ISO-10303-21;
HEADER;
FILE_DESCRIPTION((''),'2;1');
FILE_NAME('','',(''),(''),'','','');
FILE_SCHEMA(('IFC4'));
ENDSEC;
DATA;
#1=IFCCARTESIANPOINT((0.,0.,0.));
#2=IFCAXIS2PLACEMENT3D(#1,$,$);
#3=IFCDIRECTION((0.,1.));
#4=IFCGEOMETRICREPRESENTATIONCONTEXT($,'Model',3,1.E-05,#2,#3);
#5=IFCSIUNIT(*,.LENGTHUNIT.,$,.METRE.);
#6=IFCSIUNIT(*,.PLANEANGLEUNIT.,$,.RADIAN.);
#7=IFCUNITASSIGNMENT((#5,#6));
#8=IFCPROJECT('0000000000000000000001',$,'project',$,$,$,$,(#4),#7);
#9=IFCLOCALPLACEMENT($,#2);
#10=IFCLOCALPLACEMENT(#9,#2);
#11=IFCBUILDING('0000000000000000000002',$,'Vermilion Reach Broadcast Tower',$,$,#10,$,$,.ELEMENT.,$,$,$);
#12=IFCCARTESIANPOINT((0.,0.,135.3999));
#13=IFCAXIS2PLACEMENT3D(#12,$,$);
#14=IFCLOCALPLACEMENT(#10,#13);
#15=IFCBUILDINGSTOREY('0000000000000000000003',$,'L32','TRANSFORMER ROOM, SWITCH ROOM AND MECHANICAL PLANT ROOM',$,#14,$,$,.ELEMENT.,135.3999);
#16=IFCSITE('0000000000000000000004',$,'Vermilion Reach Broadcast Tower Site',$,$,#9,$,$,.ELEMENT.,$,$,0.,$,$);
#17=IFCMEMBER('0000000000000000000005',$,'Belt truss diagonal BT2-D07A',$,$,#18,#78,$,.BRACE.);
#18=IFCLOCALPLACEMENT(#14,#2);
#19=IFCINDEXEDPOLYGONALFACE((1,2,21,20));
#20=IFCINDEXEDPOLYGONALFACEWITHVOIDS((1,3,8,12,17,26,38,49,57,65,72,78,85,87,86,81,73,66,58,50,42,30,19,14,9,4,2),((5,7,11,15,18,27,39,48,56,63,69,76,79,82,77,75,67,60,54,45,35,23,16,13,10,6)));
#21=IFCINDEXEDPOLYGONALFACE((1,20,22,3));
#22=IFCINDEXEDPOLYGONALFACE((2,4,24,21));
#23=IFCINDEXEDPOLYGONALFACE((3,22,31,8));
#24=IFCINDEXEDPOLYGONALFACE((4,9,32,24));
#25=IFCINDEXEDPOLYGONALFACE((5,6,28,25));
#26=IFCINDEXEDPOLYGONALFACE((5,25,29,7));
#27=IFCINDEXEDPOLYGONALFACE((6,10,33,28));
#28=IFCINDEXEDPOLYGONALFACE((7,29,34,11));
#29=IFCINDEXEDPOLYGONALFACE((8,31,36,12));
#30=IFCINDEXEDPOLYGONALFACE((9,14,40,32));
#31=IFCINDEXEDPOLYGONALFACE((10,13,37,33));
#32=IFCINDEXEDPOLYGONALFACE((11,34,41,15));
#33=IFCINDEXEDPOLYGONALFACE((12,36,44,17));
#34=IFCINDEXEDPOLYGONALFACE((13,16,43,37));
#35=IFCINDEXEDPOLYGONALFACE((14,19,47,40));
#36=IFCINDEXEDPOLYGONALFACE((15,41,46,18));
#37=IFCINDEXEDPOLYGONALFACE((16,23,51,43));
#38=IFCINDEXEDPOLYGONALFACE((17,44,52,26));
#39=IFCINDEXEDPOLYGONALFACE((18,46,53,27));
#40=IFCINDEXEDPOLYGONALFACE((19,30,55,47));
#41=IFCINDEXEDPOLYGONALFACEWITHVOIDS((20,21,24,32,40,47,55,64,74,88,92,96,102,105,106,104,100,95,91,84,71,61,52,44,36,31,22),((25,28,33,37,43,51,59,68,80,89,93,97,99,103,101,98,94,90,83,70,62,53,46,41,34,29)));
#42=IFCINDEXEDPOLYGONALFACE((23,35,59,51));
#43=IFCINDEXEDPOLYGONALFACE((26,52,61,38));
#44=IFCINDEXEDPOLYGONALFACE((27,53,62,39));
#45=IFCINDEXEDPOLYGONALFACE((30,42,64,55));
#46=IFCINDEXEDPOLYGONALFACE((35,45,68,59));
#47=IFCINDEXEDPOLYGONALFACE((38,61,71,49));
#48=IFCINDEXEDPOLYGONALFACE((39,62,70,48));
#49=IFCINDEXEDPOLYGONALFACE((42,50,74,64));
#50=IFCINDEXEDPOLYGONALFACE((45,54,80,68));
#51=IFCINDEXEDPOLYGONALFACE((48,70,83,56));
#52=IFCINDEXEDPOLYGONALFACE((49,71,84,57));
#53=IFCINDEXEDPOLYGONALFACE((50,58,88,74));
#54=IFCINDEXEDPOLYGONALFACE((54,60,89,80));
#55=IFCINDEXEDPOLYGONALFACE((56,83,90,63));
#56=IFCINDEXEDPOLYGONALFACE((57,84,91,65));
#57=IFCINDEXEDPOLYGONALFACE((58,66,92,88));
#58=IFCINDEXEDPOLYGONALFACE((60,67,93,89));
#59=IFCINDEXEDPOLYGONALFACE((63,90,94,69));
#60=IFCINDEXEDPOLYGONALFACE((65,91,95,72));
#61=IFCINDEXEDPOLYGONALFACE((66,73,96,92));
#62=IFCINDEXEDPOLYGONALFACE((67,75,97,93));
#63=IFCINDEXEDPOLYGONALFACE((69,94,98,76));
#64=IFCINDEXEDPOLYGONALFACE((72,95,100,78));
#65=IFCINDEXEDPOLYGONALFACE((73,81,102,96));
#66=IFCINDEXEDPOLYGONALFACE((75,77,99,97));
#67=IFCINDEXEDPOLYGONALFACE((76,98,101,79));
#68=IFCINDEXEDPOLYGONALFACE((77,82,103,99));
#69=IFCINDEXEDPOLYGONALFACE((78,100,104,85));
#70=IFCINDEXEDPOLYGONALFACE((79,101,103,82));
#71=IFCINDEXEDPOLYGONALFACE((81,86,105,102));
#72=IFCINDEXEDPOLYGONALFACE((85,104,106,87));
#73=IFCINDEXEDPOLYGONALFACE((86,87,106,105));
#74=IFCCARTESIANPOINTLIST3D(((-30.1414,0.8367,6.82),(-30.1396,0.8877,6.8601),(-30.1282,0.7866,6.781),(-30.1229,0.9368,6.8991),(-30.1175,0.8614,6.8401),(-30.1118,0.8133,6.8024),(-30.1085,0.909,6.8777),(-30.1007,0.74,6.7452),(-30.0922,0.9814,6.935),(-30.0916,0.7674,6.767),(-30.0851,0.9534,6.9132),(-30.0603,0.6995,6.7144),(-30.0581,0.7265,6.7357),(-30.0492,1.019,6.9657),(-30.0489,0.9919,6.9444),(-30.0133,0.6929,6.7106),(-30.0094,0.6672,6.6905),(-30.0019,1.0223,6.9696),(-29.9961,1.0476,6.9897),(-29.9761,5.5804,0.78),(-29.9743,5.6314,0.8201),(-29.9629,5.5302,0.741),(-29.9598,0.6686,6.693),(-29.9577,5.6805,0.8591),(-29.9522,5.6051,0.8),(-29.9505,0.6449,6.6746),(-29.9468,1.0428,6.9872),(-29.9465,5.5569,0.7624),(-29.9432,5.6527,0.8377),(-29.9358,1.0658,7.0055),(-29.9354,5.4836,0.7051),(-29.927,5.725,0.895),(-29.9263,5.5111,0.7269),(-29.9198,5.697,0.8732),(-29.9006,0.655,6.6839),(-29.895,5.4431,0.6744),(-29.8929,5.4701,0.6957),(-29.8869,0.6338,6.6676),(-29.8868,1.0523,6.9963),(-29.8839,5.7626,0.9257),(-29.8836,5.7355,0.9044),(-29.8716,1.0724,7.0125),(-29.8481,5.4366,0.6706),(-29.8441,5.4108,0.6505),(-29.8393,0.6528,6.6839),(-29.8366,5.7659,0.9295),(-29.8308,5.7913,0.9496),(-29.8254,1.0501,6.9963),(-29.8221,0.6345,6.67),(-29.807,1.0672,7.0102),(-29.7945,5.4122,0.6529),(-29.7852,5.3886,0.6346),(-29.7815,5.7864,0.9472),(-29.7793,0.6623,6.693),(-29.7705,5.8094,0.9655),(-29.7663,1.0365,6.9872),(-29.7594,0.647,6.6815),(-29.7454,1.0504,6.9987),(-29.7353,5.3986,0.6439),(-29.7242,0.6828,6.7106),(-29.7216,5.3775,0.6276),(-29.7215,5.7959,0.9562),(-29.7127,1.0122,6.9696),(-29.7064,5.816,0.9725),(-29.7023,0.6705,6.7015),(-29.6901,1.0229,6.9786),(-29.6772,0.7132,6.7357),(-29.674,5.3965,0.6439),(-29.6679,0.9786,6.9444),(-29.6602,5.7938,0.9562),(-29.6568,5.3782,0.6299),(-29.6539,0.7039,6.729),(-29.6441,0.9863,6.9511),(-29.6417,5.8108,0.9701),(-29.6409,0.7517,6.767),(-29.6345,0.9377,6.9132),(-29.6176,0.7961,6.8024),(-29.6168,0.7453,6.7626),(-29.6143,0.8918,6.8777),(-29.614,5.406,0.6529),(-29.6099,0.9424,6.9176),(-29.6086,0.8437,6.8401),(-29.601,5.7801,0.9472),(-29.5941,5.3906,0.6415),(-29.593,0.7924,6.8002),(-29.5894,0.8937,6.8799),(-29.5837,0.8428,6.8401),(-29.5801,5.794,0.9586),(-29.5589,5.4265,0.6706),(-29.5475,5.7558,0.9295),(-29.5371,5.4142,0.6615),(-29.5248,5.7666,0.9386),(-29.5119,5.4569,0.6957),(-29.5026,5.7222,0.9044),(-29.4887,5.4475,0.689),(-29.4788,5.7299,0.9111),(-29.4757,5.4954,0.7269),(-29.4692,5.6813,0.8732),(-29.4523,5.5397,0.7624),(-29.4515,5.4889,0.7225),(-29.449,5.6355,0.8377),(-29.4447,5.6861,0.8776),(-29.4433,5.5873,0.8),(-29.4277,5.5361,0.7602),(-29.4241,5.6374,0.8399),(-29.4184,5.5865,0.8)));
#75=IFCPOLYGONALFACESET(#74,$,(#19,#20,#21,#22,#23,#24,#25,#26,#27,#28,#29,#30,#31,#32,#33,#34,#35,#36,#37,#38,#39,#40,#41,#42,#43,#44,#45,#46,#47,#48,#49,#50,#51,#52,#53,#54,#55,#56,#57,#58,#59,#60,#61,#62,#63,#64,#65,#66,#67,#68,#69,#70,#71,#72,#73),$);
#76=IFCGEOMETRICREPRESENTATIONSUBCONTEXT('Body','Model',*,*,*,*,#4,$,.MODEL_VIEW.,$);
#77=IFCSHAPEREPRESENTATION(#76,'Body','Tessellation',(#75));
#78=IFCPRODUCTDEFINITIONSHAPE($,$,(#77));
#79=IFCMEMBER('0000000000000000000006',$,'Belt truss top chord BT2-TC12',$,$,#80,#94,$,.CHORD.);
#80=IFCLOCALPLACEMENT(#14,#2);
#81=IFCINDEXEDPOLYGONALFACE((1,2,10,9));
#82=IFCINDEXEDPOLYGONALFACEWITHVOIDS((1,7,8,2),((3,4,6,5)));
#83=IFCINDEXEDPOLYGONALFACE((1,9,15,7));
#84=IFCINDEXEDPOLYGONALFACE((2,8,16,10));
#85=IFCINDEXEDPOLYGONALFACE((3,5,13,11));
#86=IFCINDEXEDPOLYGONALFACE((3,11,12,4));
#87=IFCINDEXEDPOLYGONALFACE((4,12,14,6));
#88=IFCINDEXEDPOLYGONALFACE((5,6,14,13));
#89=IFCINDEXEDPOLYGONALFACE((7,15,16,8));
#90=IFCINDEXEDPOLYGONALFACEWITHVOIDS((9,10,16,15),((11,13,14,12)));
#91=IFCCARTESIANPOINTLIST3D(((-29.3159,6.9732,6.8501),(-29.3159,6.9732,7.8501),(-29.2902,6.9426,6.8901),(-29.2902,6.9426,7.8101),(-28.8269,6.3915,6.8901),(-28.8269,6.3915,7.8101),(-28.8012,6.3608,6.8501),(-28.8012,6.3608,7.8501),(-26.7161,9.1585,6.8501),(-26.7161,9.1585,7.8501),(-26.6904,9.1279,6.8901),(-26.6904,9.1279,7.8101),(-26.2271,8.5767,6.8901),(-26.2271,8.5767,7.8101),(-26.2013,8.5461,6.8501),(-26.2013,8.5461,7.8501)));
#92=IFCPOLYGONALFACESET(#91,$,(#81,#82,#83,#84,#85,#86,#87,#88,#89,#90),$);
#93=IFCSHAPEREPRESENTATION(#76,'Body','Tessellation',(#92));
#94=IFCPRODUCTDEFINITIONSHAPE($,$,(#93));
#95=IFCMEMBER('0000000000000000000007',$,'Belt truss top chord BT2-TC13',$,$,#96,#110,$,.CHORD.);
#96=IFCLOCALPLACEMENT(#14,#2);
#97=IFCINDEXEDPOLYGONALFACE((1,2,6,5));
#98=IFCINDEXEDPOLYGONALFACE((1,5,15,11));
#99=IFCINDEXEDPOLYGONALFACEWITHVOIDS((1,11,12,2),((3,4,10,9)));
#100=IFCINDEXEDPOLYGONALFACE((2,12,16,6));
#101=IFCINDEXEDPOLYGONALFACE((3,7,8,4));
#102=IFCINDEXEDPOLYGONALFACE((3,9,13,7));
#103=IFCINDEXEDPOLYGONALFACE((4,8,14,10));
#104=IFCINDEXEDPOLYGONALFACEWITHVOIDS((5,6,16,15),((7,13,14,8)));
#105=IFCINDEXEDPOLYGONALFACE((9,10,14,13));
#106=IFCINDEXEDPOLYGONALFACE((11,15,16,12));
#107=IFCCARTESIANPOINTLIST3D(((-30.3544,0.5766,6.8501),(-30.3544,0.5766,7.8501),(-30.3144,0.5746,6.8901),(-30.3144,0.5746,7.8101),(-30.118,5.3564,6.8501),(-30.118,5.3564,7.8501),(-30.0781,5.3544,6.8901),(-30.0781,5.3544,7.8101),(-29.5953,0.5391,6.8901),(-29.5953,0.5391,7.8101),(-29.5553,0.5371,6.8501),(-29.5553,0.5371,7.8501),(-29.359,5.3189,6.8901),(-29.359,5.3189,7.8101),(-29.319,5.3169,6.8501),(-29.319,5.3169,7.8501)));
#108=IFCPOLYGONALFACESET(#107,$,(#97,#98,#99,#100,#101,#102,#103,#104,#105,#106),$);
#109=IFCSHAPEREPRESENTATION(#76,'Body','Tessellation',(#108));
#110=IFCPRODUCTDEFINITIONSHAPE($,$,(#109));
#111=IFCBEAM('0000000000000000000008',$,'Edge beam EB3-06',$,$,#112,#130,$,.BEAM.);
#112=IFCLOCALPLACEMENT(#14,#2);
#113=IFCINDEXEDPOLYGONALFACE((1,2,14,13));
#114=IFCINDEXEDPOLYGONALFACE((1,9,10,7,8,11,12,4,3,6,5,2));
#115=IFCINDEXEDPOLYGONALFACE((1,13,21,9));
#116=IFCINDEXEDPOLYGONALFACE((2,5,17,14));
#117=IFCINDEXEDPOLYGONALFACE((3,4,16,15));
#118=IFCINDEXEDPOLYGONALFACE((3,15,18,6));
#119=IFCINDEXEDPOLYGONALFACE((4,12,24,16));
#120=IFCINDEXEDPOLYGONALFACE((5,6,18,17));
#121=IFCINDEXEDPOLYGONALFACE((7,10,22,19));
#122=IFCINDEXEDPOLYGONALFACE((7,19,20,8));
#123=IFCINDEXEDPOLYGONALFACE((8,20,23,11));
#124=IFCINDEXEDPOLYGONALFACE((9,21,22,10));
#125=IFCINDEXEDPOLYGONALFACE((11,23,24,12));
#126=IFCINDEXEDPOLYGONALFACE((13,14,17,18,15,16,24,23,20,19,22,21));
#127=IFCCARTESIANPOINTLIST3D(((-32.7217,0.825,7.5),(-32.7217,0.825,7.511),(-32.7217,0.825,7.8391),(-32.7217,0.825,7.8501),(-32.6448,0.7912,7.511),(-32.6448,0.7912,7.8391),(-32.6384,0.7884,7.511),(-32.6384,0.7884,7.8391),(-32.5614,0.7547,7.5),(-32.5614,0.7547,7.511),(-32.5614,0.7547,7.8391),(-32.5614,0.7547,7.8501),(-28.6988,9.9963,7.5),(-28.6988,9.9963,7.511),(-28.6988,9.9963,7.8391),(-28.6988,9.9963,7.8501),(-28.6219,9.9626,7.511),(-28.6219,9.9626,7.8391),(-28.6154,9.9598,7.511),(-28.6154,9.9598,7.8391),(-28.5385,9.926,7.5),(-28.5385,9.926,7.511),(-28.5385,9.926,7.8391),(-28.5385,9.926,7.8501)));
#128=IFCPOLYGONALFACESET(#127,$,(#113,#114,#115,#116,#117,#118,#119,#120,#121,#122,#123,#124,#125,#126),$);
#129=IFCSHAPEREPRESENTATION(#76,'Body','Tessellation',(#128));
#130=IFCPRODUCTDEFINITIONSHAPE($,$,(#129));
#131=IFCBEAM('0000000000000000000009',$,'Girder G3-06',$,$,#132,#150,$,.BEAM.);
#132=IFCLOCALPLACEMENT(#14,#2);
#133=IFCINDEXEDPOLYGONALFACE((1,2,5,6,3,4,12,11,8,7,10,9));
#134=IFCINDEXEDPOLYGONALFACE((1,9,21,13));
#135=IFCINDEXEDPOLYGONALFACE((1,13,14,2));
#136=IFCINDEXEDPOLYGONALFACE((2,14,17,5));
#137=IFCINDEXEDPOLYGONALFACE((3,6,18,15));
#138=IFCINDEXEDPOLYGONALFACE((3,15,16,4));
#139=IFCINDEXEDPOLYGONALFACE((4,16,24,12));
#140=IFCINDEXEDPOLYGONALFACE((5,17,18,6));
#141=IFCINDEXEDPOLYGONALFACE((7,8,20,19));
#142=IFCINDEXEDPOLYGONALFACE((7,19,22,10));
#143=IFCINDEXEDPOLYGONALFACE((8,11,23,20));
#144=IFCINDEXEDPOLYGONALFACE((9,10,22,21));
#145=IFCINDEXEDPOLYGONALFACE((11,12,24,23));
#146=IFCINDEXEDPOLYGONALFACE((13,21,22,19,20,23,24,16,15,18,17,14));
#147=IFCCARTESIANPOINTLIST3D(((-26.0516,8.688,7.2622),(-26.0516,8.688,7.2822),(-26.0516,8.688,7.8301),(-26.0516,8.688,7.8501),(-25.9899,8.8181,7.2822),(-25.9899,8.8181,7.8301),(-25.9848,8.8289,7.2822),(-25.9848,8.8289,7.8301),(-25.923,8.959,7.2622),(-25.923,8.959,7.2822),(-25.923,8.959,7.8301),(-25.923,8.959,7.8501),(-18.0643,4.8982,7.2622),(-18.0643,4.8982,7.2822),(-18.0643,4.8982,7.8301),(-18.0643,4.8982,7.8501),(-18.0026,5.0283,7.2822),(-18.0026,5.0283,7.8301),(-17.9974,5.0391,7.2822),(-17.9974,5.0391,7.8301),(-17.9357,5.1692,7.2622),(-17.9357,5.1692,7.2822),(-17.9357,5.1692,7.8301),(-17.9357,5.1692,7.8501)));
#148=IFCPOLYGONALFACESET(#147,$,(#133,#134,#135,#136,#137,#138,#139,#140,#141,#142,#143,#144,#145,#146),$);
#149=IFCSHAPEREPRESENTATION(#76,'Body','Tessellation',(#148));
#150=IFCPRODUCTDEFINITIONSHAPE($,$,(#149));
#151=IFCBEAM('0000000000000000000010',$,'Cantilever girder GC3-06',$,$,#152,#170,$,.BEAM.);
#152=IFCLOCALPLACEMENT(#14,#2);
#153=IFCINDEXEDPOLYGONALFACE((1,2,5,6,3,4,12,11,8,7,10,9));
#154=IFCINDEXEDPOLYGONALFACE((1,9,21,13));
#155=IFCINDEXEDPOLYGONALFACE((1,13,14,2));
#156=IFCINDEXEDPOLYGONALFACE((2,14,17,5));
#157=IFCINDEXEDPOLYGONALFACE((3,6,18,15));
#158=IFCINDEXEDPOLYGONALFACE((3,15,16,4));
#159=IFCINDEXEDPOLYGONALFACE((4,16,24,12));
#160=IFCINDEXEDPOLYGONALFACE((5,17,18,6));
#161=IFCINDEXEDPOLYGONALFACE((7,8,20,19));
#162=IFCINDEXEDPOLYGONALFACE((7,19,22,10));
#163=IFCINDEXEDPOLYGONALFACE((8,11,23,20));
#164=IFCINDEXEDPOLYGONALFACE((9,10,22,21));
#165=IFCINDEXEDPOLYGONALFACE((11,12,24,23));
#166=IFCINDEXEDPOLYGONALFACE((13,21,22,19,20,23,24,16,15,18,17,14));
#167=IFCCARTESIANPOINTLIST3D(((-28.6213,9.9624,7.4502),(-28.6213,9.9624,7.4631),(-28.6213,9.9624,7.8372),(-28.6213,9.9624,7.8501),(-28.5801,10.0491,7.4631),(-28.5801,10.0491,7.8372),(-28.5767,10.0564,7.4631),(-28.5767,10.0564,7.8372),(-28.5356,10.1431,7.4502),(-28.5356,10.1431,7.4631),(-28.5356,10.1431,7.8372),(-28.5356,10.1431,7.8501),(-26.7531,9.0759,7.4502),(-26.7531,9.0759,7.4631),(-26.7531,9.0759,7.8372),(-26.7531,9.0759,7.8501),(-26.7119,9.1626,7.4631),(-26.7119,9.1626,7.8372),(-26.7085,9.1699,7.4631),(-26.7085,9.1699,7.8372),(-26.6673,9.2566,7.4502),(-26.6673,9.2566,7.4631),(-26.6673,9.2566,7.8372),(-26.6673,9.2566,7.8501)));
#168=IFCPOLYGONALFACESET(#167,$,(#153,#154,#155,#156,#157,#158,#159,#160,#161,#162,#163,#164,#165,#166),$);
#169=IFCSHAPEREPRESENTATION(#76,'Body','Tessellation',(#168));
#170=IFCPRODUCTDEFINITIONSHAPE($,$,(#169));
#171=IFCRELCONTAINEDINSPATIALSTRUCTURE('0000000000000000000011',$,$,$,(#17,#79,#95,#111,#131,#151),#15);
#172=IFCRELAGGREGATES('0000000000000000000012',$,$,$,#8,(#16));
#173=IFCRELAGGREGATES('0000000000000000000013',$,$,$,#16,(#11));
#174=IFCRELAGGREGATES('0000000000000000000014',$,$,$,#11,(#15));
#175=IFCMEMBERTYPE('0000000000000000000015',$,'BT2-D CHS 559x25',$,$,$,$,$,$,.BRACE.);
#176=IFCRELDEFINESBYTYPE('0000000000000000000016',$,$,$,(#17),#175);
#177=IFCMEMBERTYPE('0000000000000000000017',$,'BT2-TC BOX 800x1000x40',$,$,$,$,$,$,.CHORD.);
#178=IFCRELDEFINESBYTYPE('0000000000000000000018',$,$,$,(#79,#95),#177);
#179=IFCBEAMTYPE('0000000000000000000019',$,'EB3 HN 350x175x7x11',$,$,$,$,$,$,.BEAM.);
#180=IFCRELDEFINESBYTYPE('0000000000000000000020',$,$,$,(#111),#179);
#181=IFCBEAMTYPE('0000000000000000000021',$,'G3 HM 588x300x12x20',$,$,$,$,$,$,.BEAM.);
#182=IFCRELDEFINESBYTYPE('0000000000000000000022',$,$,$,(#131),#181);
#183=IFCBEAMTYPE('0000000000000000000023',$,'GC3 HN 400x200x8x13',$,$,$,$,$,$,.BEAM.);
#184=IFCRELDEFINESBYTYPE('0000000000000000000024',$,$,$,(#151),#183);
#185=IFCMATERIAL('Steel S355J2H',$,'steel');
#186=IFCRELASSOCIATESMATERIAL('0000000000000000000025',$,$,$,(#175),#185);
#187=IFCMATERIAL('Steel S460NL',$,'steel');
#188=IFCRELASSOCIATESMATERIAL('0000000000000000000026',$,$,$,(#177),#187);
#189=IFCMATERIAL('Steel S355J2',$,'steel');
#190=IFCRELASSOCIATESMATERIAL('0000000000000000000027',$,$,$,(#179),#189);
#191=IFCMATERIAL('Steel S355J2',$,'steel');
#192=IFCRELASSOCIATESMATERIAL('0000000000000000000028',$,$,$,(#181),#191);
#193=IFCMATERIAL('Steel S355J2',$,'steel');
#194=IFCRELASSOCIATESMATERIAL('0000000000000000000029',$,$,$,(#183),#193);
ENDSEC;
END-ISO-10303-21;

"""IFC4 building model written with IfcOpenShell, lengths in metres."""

from ifc_helpers import new_model, si_unit, direction, frame, origin, origin_2d, place, context, subcontext, project, spatial, hollow_rectangle, hollow_circle, i_section, extrude, material, material_profile, profile_set, type_object, element, save


model = new_model("IFC4")

# Units and contexts
model_context = context("Model", 3, precision=1e-05, world=origin(), true_north=direction((0.0, 1.0)))
body_context = subcontext(model_context, "Body", "Model", "MODEL_VIEW")
ifc_project = project(units=[si_unit("LENGTHUNIT", "METRE"), si_unit("PLANEANGLEUNIT", "RADIAN")], contexts=[model_context])

# Site, building, storey
site_placement = place(None, origin())
site = spatial("IfcSite", under=ifc_project, at=site_placement, Name="Vermilion Reach Broadcast Tower Site", CompositionType="ELEMENT", RefElevation=0.0)
building_placement = place(site_placement, origin())
building = spatial("IfcBuilding", under=site, at=building_placement, Name="Vermilion Reach Broadcast Tower", CompositionType="ELEMENT")
storey_placement = place(building_placement, frame((0.0, 0.0, 135.3999)))
storey = spatial("IfcBuildingStorey", under=building, at=storey_placement, Name="L32", Description="TRANSFORMER ROOM, SWITCH ROOM AND MECHANICAL PLANT ROOM", CompositionType="ELEMENT", Elevation=135.3999)

# Members
ifc_material_1 = material(Name="Steel S355J2H", Category="steel")
ifc_material_profile_1 = material_profile(ifc_material_1, hollow_circle(Radius=0.2795, WallThickness=0.0249, at=origin_2d()), Name="S355J2H CHS 559x25")
ifc_profile_set_1 = profile_set([ifc_material_profile_1], Name="Steel S355J2H")
member_type_1 = type_object("IfcMemberType", Name="BT2-D CHS 559x25", PredefinedType="BRACE", material=ifc_profile_set_1)
member_1_placement = place(storey_placement, frame((-29.6978, 5.5962, 0.8), z_axis=(-0.021516, -0.61751, 0.786269), x_axis=(0.999394, -0.034822, 0.0)))
element("IfcMember", 1, at=member_1_placement, inside=storey, type_object=member_type_1, Name="Belt truss diagonal BT2-D07A", PredefinedType="BRACE", context=body_context, shape_type="SweptSolid", body=[
    extrude(hollow_circle(Radius=0.2795, WallThickness=0.0249, at=origin_2d()), origin(), (0.0, 0.0, 1.0), 7.6819),
])
ifc_material_2 = material(Name="Steel S460NL", Category="steel")
ifc_material_profile_2 = material_profile(ifc_material_2, hollow_rectangle(XDim=0.8, YDim=1.0, WallThickness=0.04, at=origin_2d()), Name="S460NL BOX 800x1000x40")
ifc_profile_set_2 = profile_set([ifc_material_profile_2], Name="Steel S460NL")
member_type_2 = type_object("IfcMemberType", Name="BT2-TC BOX 800x1000x40", PredefinedType="CHORD", material=ifc_profile_set_2)
member_2_placement = place(storey_placement, frame((-26.4587, 8.8523, 7.3501), z_axis=(-0.765498, -0.643438, 0.0), x_axis=(0.643438, -0.765498, 0.0)))
element("IfcMember", 2, at=member_2_placement, inside=storey, type_object=member_type_2, Name="Belt truss top chord BT2-TC12", PredefinedType="CHORD", context=body_context, shape_type="SweptSolid", body=[
    extrude(hollow_rectangle(XDim=0.8, YDim=1.0, WallThickness=0.04, at=origin_2d()), origin(), (0.0, 0.0, 1.0), 3.3962),
])
member_3_placement = place(storey_placement, frame((-29.7185, 5.3367, 7.3501), z_axis=(-0.049383, -0.99878, 0.0), x_axis=(0.99878, -0.049383, 0.0)))
element("IfcMember", 3, at=member_3_placement, inside=storey, type_object=member_type_2, Name="Belt truss top chord BT2-TC13", PredefinedType="CHORD", context=body_context, shape_type="SweptSolid", body=[
    extrude(hollow_rectangle(XDim=0.8, YDim=1.0, WallThickness=0.04, at=origin_2d()), origin(), (0.0, 0.0, 1.0), 4.7856),
])

# Beams
ifc_material_3 = material(Name="Steel S355J2", Category="steel")
ifc_material_profile_3 = material_profile(ifc_material_3, i_section(OverallWidth=0.175, OverallDepth=0.3501, WebThickness=0.0071, FlangeThickness=0.011, at=origin_2d()), Name="S355J2 HN 350x175x7x11")
ifc_profile_set_3 = profile_set([ifc_material_profile_3], Name="Steel S355J2")
beam_type_1 = type_object("IfcBeamType", Name="EB3 HN 350x175x7x11", PredefinedType="BEAM", material=ifc_profile_set_3)
beam_1_placement = place(storey_placement, frame((-28.6187, 9.9612, 7.675), z_axis=(-0.401696, -0.915773, 0.0), x_axis=(0.915773, -0.401696, 0.0)))
element("IfcBeam", 4, at=beam_1_placement, inside=storey, type_object=beam_type_1, Name="Edge beam EB3-06", PredefinedType="BEAM", context=body_context, shape_type="SweptSolid", body=[
    extrude(i_section(OverallWidth=0.175, OverallDepth=0.3501, WebThickness=0.0071, FlangeThickness=0.011, at=origin_2d()), origin(), (0.0, 0.0, 1.0), 10.0149),
])
ifc_material_4 = material(Name="Steel S355J2", Category="steel")
ifc_material_profile_4 = material_profile(ifc_material_4, i_section(OverallWidth=0.3, OverallDepth=0.5879, WebThickness=0.012, FlangeThickness=0.02, at=origin_2d()), Name="S355J2 HM 588x300x12x20")
ifc_profile_set_4 = profile_set([ifc_material_profile_4], Name="Steel S355J2")
beam_type_2 = type_object("IfcBeamType", Name="G3 HM 588x300x12x20", PredefinedType="BEAM", material=ifc_profile_set_4)
beam_2_placement = place(storey_placement, frame((-18.0, 5.0337, 7.5562), z_axis=(-0.90346, 0.428671, 0.0), x_axis=(-0.428671, -0.90346, 0.0)))
element("IfcBeam", 5, at=beam_2_placement, inside=storey, type_object=beam_type_2, Name="Girder G3-06", PredefinedType="BEAM", context=body_context, shape_type="SweptSolid", body=[
    extrude(i_section(OverallWidth=0.3, OverallDepth=0.5879, WebThickness=0.012, FlangeThickness=0.02, at=origin_2d()), origin(), (0.0, 0.0, 1.0), 8.8408),
])
ifc_material_5 = material(Name="Steel S355J2", Category="steel")
ifc_material_profile_5 = material_profile(ifc_material_5, i_section(OverallWidth=0.2, OverallDepth=0.3999, WebThickness=0.0081, FlangeThickness=0.0129, at=origin_2d()), Name="S355J2 HN 400x200x8x13")
ifc_profile_set_5 = profile_set([ifc_material_profile_5], Name="Steel S355J2")
beam_type_3 = type_object("IfcBeamType", Name="GC3 HN 400x200x8x13", PredefinedType="BEAM", material=ifc_profile_set_5)
beam_3_placement = place(storey_placement, frame((-26.7102, 9.1663, 7.6501), z_axis=(-0.903447, 0.4287, 0.0), x_axis=(-0.4287, -0.903447, 0.0)))
element("IfcBeam", 6, at=beam_3_placement, inside=storey, type_object=beam_type_3, Name="Cantilever girder GC3-06", PredefinedType="BEAM", context=body_context, shape_type="SweptSolid", body=[
    extrude(i_section(OverallWidth=0.2, OverallDepth=0.3999, WebThickness=0.0081, FlangeThickness=0.0129, at=origin_2d()), origin(), (0.0, 0.0, 1.0), 2.0679),
])

save(model, "model.ifc")
